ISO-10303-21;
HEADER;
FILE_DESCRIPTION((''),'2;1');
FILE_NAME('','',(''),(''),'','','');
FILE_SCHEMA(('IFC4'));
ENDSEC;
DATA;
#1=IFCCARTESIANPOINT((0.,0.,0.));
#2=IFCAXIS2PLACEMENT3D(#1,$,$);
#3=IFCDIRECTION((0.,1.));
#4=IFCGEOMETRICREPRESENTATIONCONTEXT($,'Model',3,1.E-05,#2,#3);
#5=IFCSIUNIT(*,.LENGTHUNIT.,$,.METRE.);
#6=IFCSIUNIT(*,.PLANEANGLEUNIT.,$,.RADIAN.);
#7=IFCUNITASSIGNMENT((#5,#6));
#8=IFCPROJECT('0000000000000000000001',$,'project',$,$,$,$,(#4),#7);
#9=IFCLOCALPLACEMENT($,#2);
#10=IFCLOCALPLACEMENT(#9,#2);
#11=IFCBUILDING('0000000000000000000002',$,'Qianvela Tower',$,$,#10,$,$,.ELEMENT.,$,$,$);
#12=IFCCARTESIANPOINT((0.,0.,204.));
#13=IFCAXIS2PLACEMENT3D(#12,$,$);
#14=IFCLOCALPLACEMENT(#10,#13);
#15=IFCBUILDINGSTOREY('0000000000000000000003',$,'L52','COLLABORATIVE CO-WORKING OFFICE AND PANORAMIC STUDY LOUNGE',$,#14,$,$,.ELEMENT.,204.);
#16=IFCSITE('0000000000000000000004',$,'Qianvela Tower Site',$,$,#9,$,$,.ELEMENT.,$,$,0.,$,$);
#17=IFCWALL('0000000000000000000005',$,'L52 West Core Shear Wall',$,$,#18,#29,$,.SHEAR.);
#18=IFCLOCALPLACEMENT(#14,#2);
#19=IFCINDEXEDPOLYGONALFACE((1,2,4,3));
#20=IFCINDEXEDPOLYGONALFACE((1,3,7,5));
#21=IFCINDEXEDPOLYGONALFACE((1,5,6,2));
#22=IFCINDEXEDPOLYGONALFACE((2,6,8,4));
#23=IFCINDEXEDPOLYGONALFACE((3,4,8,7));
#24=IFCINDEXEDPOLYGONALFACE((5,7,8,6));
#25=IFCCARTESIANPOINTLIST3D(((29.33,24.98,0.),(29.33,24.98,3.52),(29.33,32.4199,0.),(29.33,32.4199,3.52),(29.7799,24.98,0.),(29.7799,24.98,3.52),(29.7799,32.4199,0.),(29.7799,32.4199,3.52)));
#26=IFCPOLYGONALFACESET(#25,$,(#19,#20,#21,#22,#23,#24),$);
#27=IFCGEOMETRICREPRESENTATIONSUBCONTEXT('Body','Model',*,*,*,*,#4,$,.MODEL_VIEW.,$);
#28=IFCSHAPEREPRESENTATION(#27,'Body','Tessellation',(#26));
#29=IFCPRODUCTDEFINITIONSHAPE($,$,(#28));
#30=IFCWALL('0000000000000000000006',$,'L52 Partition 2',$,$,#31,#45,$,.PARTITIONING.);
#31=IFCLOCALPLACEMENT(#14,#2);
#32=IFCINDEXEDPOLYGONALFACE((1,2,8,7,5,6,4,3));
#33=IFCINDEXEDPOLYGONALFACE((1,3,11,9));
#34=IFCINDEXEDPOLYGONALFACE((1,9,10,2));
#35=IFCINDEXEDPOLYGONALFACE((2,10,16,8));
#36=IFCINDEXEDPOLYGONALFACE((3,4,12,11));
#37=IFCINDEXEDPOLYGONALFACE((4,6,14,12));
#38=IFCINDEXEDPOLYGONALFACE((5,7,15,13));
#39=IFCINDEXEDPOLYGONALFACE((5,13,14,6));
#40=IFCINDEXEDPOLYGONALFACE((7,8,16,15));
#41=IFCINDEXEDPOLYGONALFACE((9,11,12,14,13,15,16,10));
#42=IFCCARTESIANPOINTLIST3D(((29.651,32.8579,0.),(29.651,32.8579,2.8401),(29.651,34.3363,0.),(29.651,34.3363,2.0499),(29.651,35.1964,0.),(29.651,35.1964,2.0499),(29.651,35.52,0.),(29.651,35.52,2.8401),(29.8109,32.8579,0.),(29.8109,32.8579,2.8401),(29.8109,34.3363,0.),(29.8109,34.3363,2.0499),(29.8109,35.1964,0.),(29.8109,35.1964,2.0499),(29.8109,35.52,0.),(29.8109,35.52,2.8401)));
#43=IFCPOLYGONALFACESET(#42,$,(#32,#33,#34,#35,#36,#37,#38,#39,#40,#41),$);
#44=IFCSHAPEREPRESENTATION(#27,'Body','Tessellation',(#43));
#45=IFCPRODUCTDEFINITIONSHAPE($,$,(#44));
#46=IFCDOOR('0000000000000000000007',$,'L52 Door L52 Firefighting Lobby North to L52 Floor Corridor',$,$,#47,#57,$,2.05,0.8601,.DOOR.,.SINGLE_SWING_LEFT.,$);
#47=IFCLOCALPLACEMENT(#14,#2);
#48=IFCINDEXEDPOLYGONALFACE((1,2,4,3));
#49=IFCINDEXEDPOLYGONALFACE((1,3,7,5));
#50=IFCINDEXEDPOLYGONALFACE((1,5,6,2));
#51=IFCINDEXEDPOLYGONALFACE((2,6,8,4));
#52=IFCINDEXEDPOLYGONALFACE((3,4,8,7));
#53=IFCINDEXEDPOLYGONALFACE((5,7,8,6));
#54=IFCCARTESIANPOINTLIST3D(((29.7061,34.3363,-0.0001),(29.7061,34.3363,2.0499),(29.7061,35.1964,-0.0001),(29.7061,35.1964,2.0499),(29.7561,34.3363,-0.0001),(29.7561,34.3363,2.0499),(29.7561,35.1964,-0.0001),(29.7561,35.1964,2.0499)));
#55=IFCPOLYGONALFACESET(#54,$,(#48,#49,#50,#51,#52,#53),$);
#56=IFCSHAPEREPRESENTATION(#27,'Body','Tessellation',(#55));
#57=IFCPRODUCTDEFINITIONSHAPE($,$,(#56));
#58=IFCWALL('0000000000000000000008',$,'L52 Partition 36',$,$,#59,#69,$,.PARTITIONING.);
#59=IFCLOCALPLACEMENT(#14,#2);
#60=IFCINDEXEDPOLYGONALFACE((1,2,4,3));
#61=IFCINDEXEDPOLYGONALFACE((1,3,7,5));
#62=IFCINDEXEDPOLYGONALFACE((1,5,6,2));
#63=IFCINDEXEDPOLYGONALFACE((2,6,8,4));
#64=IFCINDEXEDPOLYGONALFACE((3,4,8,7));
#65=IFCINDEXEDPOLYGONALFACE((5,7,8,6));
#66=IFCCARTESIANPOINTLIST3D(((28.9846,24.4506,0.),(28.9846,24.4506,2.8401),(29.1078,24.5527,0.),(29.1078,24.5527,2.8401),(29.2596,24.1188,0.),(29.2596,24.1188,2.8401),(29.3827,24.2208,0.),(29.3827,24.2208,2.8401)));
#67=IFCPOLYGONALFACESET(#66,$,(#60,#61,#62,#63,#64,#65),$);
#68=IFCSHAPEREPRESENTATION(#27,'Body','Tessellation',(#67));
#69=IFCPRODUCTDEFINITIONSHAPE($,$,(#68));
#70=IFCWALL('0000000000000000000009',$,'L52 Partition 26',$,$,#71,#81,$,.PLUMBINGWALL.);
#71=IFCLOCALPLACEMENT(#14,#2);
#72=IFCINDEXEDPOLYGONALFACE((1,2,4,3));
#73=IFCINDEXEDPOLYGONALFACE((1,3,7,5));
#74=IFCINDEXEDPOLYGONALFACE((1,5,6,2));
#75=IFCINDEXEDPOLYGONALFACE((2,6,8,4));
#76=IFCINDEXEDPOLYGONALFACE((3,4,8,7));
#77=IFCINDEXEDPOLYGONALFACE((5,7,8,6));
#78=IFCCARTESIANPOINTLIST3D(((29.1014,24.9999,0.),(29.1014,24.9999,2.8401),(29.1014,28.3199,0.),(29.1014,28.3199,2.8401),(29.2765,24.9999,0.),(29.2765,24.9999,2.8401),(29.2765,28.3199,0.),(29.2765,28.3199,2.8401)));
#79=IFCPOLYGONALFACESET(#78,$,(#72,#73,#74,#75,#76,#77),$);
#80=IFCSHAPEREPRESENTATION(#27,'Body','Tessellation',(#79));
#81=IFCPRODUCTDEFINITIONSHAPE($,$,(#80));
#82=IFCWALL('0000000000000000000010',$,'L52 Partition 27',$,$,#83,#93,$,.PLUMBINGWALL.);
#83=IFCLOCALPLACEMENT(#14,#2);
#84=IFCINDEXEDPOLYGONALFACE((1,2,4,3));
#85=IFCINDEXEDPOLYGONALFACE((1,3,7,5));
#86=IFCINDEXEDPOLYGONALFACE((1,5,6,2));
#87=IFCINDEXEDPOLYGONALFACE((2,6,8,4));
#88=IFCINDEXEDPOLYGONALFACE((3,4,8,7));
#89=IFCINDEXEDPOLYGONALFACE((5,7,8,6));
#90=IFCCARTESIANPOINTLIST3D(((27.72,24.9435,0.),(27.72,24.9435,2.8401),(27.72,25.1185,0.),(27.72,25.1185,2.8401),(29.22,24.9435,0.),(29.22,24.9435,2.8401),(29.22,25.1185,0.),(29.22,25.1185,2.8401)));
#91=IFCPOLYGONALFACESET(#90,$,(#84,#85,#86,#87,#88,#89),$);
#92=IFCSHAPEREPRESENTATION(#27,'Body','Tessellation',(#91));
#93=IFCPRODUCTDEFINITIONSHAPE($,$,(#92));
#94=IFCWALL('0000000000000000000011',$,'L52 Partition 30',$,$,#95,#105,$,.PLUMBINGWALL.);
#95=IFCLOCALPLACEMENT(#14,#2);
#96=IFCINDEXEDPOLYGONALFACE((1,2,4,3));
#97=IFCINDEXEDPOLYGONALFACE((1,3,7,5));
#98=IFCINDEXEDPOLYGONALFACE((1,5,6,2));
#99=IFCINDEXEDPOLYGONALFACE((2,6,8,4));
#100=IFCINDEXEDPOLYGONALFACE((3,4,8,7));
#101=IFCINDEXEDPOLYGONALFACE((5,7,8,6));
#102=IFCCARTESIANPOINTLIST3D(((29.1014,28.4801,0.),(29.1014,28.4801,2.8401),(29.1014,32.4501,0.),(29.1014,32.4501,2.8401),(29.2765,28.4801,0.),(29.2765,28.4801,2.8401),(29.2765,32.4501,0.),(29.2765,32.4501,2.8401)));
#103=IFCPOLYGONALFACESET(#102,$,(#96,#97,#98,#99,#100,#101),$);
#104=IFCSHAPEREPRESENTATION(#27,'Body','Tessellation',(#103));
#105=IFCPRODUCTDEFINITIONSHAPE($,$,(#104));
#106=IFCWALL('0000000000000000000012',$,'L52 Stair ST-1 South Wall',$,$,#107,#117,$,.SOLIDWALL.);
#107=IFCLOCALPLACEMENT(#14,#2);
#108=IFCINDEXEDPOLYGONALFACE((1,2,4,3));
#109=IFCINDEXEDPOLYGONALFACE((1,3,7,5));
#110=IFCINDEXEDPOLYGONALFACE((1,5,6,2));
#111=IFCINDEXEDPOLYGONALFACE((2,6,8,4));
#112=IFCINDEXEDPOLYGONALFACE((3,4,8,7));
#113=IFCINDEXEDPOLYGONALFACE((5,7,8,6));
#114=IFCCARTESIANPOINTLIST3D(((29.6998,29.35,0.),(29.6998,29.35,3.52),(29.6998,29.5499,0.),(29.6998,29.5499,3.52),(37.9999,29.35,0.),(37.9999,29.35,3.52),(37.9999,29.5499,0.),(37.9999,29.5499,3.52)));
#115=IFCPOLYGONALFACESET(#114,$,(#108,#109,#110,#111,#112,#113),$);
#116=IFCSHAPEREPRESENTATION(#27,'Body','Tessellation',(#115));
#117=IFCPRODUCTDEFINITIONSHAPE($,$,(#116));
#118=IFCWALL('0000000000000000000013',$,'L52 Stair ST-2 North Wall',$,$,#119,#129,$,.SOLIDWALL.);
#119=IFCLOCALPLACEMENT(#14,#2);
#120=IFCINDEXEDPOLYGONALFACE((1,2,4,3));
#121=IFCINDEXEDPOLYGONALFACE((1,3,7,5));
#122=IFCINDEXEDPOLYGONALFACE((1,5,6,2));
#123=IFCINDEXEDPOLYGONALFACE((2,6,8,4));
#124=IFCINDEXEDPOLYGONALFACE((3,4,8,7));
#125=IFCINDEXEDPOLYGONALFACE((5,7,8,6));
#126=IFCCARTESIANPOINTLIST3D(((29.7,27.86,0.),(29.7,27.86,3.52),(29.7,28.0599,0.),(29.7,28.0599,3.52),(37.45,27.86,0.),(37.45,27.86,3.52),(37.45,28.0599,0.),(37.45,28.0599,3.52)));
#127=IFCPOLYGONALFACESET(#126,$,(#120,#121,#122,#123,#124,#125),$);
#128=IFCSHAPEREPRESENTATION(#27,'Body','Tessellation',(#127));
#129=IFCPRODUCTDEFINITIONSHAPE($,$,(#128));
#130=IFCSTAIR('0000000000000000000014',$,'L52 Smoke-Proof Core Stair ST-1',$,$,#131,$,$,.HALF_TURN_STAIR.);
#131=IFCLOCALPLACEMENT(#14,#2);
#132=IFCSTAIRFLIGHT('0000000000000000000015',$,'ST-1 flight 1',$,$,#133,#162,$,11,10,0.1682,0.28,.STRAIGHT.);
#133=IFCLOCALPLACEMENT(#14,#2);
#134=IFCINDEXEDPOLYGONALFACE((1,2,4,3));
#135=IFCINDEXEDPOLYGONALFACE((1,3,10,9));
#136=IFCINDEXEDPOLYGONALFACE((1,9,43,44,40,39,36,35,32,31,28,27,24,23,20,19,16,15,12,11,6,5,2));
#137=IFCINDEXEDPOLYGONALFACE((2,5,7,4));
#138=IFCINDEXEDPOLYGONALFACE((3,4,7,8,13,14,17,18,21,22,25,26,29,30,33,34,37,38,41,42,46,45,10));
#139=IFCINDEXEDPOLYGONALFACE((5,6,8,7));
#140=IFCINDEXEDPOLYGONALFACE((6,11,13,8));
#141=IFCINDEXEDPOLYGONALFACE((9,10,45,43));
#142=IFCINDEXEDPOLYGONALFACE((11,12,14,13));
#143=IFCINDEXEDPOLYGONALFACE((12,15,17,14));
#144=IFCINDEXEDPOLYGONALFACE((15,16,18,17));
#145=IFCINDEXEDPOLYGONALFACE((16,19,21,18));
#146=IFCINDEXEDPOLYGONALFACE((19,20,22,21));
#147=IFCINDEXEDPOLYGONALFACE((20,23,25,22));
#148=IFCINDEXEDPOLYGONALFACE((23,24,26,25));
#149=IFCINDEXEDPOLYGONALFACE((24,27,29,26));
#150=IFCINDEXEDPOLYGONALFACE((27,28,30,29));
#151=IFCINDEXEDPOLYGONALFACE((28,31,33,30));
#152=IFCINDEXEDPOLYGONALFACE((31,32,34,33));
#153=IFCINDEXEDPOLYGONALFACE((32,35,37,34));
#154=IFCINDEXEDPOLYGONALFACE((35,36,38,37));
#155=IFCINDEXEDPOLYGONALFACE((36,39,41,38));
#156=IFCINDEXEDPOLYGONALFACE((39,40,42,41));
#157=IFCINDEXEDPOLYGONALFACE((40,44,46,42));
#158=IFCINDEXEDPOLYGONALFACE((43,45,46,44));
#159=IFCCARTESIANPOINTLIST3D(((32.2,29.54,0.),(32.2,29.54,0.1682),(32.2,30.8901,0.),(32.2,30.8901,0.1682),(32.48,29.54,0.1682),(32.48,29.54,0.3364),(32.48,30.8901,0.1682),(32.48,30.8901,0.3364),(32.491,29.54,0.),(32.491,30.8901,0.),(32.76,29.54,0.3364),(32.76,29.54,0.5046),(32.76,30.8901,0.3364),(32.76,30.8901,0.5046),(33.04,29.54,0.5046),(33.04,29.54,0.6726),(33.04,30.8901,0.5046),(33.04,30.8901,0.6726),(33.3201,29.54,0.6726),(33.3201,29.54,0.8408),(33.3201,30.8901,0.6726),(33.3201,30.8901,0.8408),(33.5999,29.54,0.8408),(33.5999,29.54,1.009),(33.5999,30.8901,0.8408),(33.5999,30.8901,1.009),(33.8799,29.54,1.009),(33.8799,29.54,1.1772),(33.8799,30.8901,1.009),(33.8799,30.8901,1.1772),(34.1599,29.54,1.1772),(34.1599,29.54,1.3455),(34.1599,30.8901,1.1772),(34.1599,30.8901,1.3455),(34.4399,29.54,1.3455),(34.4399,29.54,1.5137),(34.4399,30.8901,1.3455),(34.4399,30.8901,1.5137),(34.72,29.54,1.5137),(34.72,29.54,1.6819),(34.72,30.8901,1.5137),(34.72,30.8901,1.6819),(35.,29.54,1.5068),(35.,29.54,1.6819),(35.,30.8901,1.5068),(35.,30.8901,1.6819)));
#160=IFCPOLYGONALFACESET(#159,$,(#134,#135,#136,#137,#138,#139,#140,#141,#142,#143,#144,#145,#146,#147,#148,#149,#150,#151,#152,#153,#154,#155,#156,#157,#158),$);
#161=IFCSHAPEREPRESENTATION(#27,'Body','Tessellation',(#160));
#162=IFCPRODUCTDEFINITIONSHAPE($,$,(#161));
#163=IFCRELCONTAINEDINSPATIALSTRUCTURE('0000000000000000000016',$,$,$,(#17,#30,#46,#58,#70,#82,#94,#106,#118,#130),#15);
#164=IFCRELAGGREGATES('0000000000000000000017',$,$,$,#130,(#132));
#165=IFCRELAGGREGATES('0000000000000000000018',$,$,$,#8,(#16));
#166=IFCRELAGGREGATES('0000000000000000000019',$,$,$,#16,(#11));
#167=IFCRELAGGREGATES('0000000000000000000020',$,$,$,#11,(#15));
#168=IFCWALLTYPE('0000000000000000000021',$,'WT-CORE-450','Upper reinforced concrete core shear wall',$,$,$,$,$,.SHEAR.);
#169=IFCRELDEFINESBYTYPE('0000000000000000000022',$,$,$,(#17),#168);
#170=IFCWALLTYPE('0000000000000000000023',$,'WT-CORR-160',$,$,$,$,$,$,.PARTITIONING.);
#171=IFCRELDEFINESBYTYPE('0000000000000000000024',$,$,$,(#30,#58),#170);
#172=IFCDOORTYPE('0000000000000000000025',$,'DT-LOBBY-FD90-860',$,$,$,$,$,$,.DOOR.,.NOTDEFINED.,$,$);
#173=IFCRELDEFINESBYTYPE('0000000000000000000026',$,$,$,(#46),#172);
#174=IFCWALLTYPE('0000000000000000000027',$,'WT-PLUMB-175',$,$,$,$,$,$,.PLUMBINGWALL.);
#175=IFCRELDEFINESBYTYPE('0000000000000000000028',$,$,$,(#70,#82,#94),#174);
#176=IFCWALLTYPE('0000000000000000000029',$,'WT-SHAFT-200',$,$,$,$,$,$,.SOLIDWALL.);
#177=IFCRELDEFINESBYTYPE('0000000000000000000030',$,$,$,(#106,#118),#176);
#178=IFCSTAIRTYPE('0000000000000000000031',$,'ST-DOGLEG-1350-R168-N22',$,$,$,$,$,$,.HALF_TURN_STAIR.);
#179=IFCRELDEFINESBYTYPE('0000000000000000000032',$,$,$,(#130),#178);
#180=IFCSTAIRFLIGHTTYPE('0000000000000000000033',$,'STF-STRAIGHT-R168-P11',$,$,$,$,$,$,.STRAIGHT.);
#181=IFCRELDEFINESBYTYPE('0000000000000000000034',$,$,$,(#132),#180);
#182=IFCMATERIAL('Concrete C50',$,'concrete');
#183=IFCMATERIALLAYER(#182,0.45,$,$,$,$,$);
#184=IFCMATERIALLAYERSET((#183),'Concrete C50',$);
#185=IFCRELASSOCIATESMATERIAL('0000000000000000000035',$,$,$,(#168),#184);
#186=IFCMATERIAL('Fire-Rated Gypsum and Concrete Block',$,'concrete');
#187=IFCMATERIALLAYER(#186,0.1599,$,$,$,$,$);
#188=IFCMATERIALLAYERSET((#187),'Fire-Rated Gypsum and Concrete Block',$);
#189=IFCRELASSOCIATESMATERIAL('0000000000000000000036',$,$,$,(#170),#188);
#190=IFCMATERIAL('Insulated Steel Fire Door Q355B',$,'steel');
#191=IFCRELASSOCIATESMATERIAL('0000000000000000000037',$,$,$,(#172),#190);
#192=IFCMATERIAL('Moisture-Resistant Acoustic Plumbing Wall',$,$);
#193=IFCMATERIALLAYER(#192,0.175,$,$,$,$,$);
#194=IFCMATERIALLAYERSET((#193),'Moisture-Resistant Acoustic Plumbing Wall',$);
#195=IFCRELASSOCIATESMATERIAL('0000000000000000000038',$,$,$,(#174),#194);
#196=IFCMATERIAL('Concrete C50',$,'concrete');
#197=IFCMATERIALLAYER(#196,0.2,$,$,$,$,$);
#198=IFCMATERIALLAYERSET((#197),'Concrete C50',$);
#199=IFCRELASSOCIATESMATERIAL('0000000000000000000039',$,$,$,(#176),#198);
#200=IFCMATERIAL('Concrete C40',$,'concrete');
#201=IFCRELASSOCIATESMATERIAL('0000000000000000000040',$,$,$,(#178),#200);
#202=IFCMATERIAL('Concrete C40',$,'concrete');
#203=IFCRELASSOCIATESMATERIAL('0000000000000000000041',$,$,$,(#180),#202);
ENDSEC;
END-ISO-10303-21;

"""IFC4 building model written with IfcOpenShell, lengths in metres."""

from ifc_helpers import new_model, si_unit, direction, frame, frame_2d, origin, place, context, subcontext, project, spatial, polyline, rectangle, outline, extrude, material, layer, layer_set, type_object, element, fill, aggregate, save


model = new_model("IFC4")

# Units and contexts
model_context = context("Model", 3, precision=1e-05, world=origin(), true_north=direction((0.0, 1.0)))
body_context = subcontext(model_context, "Body", "Model", "MODEL_VIEW")
ifc_project = project(units=[si_unit("LENGTHUNIT", "METRE"), si_unit("PLANEANGLEUNIT", "RADIAN")], contexts=[model_context])

# Site, building, storey
site_placement = place(None, origin())
site = spatial("IfcSite", under=ifc_project, at=site_placement, Name="Qianvela Tower Site", CompositionType="ELEMENT", RefElevation=0.0)
building_placement = place(site_placement, origin())
building = spatial("IfcBuilding", under=site, at=building_placement, Name="Qianvela Tower", CompositionType="ELEMENT")
storey_placement = place(building_placement, frame((0.0, 0.0, 204.0)))
storey = spatial("IfcBuildingStorey", under=building, at=storey_placement, Name="L52", Description="COLLABORATIVE CO-WORKING OFFICE AND PANORAMIC STUDY LOUNGE", CompositionType="ELEMENT", Elevation=204.0)

# Shared definitions
ifc_material_1 = material(Name="Concrete C50", Category="concrete")
ifc_layer_1 = layer(ifc_material_1, 0.45)
ifc_layer_set_1 = layer_set([ifc_layer_1], Name="Concrete C50")
wall_type_1 = type_object("IfcWallType", Name="WT-CORE-450", Description="Upper reinforced concrete core shear wall", PredefinedType="SHEAR", material=ifc_layer_set_1)

# Wall
wall_1_placement = place(storey_placement, frame((29.5549, 24.98, 0.0), z_axis=(0.0, 0.0, 1.0), x_axis=(0.0, 1.0, 0.0)))
element("IfcWall", 1, at=wall_1_placement, inside=storey, type_object=wall_type_1, Name="L52 West Core Shear Wall", PredefinedType="SHEAR", context=body_context, shape_type="SweptSolid", body=[
    extrude(rectangle(XDim=7.4399, YDim=0.45, at=frame_2d((3.72, 0.0))), origin(), (0.0, 0.0, 1.0), 3.52),
])

# Wall, opening, door
ifc_material_2 = material(Name="Fire-Rated Gypsum and Concrete Block", Category="concrete")
ifc_layer_2 = layer(ifc_material_2, 0.1599)
ifc_layer_set_2 = layer_set([ifc_layer_2], Name="Fire-Rated Gypsum and Concrete Block")
wall_type_2 = type_object("IfcWallType", Name="WT-CORR-160", PredefinedType="PARTITIONING", material=ifc_layer_set_2)
wall_2_placement = place(storey_placement, frame((29.731, 32.8579, 0.0), z_axis=(0.0, 0.0, 1.0), x_axis=(0.0, 1.0, 0.0)))
wall_2 = element("IfcWall", 2, at=wall_2_placement, inside=storey, type_object=wall_type_2, Name="L52 Partition 2", PredefinedType="PARTITIONING", context=body_context, shape_type="SweptSolid", body=[
    extrude(rectangle(XDim=2.6621, YDim=0.1599, at=frame_2d((1.3311, 0.0))), origin(), (0.0, 0.0, 1.0), 2.8401),
])
opening_1_placement = place(wall_2_placement, frame((1.4783, 0.0, 0.0)))
opening_1 = element("IfcOpeningElement", 3, at=opening_1_placement, cuts=wall_2, PredefinedType="OPENING", context=body_context, shape_type="SweptSolid", body=[
    extrude(rectangle(XDim=0.8601, YDim=2.05, at=frame_2d((0.4302, 1.0249))), frame((0.0, 0.0898, 0.0), z_axis=(0.0, -1.0, 0.0), x_axis=(1.0, 0.0, 0.0)), (0.0, 0.0, 1.0), 0.1799),
])
ifc_material_3 = material(Name="Insulated Steel Fire Door Q355B", Category="steel")
door_type_1 = type_object("IfcDoorType", Name="DT-LOBBY-FD90-860", OperationType="NOTDEFINED", PredefinedType="DOOR", material=ifc_material_3)
door_1_placement = place(opening_1_placement, origin())
door_1 = element("IfcDoor", 4, at=door_1_placement, inside=storey, type_object=door_type_1, Name="L52 Door L52 Firefighting Lobby North to L52 Floor Corridor", OperationType="SINGLE_SWING_LEFT", OverallHeight=2.05, OverallWidth=0.8601, PredefinedType="DOOR", context=body_context, shape_type="SweptSolid", body=[
    extrude(rectangle(XDim=0.8601, YDim=2.05, at=frame_2d((0.4302, 1.0249))), frame((0.0, 0.0249, 0.0), z_axis=(0.0, -1.0, 0.0), x_axis=(1.0, 0.0, 0.0)), (0.0, 0.0, 1.0), 0.05),
])
fill(opening_1, door_1)

# Walls
wall_3_placement = place(storey_placement, frame((29.321, 24.1699, 0.0), z_axis=(0.0, 0.0, 1.0), x_axis=(-0.638008, 0.77003, 0.0)))
element("IfcWall", 5, at=wall_3_placement, inside=storey, type_object=wall_type_2, Name="L52 Partition 36", PredefinedType="PARTITIONING", context=body_context, shape_type="SweptSolid", body=[
    extrude(rectangle(XDim=0.4309, YDim=0.1599, at=frame_2d((0.2153, 0.0))), origin(), (0.0, 0.0, 1.0), 2.8401),
])
ifc_material_4 = material(Name="Moisture-Resistant Acoustic Plumbing Wall")
ifc_layer_3 = layer(ifc_material_4, 0.175)
ifc_layer_set_3 = layer_set([ifc_layer_3], Name="Moisture-Resistant Acoustic Plumbing Wall")
wall_type_3 = type_object("IfcWallType", Name="WT-PLUMB-175", PredefinedType="PLUMBINGWALL", material=ifc_layer_set_3)
wall_4_placement = place(storey_placement, frame((29.189, 28.3201, 0.0), z_axis=(0.0, 0.0, 1.0), x_axis=(0.0, -1.0, 0.0)))
element("IfcWall", 6, at=wall_4_placement, inside=storey, type_object=wall_type_3, Name="L52 Partition 26", PredefinedType="PLUMBINGWALL", context=body_context, shape_type="SweptSolid", body=[
    extrude(rectangle(XDim=3.3201, YDim=0.175, at=frame_2d((1.6602, 0.0))), origin(), (0.0, 0.0, 1.0), 2.8401),
])
wall_5_placement = place(storey_placement, frame((29.22, 25.031, 0.0), z_axis=(0.0, 0.0, 1.0), x_axis=(-1.0, 0.0, 0.0)))
element("IfcWall", 7, at=wall_5_placement, inside=storey, type_object=wall_type_3, Name="L52 Partition 27", PredefinedType="PLUMBINGWALL", context=body_context, shape_type="SweptSolid", body=[
    extrude(rectangle(XDim=1.5, YDim=0.175, at=frame_2d((0.75, 0.0))), origin(), (0.0, 0.0, 1.0), 2.8401),
])
wall_6_placement = place(storey_placement, frame((29.189, 32.45, 0.0), z_axis=(0.0, 0.0, 1.0), x_axis=(0.0, -1.0, 0.0)))
element("IfcWall", 8, at=wall_6_placement, inside=storey, type_object=wall_type_3, Name="L52 Partition 30", PredefinedType="PLUMBINGWALL", context=body_context, shape_type="SweptSolid", body=[
    extrude(rectangle(XDim=3.97, YDim=0.175, at=frame_2d((1.9849, 0.0))), origin(), (0.0, 0.0, 1.0), 2.8401),
])
ifc_material_5 = material(Name="Concrete C50", Category="concrete")
ifc_layer_4 = layer(ifc_material_5, 0.2)
ifc_layer_set_4 = layer_set([ifc_layer_4], Name="Concrete C50")
wall_type_4 = type_object("IfcWallType", Name="WT-SHAFT-200", PredefinedType="SOLIDWALL", material=ifc_layer_set_4)
wall_7_placement = place(storey_placement, frame((29.7, 29.45, 0.0), z_axis=(0.0, 0.0, 1.0), x_axis=(1.0, 0.0, 0.0)))
element("IfcWall", 9, at=wall_7_placement, inside=storey, type_object=wall_type_4, Name="L52 Stair ST-1 South Wall", PredefinedType="SOLIDWALL", context=body_context, shape_type="SweptSolid", body=[
    extrude(rectangle(XDim=8.3, YDim=0.2, at=frame_2d((4.1499, 0.0))), origin(), (0.0, 0.0, 1.0), 3.52),
])
wall_8_placement = place(storey_placement, frame((29.7, 27.96, 0.0), z_axis=(0.0, 0.0, 1.0), x_axis=(1.0, 0.0, 0.0)))
element("IfcWall", 10, at=wall_8_placement, inside=storey, type_object=wall_type_4, Name="L52 Stair ST-2 North Wall", PredefinedType="SOLIDWALL", context=body_context, shape_type="SweptSolid", body=[
    extrude(rectangle(XDim=7.75, YDim=0.2, at=frame_2d((3.875, 0.0))), origin(), (0.0, 0.0, 1.0), 3.52),
])

# Stair, stair flight
ifc_material_6 = material(Name="Concrete C40", Category="concrete")
stair_type = type_object("IfcStairType", Name="ST-DOGLEG-1350-R168-N22", PredefinedType="HALF_TURN_STAIR", material=ifc_material_6)
stair_1_placement = place(storey_placement, origin())
stair_1 = element("IfcStair", 11, at=stair_1_placement, inside=storey, type_object=stair_type, Name="L52 Smoke-Proof Core Stair ST-1", PredefinedType="HALF_TURN_STAIR")
ifc_material_7 = material(Name="Concrete C40", Category="concrete")
stair_flight_type = type_object("IfcStairFlightType", Name="STF-STRAIGHT-R168-P11", PredefinedType="STRAIGHT", material=ifc_material_7)
stair_flight_1_placement = place(storey_placement, frame((32.2, 30.2151, 0.0), z_axis=(0.0, 0.0, 1.0), x_axis=(1.0, 0.0, 0.0)))
stair_flight_1 = element("IfcStairFlight", 12, at=stair_flight_1_placement, type_object=stair_flight_type, Name="ST-1 flight 1", NumberOfRisers=11, NumberOfTreads=10, PredefinedType="STRAIGHT", RiserHeight=0.1682, TreadLength=0.28, context=body_context, shape_type="SweptSolid", body=[
    extrude(outline(polyline([(0.0, 0.0), (0.0, 0.1682), (0.28, 0.1682), (0.28, 0.3364), (0.5601, 0.3364), (0.5601, 0.5046), (0.8401, 0.5046), (0.8401, 0.6726), (1.1201, 0.6726), (1.1201, 0.8408), (1.3999, 0.8408), (1.3999, 1.009), (1.6799, 1.009), (1.6799, 1.1772), (1.96, 1.1772), (1.96, 1.3455), (2.24, 1.3455), (2.24, 1.5137), (2.52, 1.5137), (2.52, 1.6819), (2.8, 1.6819), (2.8, 1.8501), (2.8, 1.5068), (0.291, 0.0), (0.0, 0.0)])), frame((0.0, 0.675, 0.0), z_axis=(0.0, -1.0, 0.0), x_axis=(1.0, 0.0, 0.0)), (0.0, 0.0, 1.0), 1.3501),
])
aggregate(stair_1, [stair_flight_1])

save(model, "model.ifc")
